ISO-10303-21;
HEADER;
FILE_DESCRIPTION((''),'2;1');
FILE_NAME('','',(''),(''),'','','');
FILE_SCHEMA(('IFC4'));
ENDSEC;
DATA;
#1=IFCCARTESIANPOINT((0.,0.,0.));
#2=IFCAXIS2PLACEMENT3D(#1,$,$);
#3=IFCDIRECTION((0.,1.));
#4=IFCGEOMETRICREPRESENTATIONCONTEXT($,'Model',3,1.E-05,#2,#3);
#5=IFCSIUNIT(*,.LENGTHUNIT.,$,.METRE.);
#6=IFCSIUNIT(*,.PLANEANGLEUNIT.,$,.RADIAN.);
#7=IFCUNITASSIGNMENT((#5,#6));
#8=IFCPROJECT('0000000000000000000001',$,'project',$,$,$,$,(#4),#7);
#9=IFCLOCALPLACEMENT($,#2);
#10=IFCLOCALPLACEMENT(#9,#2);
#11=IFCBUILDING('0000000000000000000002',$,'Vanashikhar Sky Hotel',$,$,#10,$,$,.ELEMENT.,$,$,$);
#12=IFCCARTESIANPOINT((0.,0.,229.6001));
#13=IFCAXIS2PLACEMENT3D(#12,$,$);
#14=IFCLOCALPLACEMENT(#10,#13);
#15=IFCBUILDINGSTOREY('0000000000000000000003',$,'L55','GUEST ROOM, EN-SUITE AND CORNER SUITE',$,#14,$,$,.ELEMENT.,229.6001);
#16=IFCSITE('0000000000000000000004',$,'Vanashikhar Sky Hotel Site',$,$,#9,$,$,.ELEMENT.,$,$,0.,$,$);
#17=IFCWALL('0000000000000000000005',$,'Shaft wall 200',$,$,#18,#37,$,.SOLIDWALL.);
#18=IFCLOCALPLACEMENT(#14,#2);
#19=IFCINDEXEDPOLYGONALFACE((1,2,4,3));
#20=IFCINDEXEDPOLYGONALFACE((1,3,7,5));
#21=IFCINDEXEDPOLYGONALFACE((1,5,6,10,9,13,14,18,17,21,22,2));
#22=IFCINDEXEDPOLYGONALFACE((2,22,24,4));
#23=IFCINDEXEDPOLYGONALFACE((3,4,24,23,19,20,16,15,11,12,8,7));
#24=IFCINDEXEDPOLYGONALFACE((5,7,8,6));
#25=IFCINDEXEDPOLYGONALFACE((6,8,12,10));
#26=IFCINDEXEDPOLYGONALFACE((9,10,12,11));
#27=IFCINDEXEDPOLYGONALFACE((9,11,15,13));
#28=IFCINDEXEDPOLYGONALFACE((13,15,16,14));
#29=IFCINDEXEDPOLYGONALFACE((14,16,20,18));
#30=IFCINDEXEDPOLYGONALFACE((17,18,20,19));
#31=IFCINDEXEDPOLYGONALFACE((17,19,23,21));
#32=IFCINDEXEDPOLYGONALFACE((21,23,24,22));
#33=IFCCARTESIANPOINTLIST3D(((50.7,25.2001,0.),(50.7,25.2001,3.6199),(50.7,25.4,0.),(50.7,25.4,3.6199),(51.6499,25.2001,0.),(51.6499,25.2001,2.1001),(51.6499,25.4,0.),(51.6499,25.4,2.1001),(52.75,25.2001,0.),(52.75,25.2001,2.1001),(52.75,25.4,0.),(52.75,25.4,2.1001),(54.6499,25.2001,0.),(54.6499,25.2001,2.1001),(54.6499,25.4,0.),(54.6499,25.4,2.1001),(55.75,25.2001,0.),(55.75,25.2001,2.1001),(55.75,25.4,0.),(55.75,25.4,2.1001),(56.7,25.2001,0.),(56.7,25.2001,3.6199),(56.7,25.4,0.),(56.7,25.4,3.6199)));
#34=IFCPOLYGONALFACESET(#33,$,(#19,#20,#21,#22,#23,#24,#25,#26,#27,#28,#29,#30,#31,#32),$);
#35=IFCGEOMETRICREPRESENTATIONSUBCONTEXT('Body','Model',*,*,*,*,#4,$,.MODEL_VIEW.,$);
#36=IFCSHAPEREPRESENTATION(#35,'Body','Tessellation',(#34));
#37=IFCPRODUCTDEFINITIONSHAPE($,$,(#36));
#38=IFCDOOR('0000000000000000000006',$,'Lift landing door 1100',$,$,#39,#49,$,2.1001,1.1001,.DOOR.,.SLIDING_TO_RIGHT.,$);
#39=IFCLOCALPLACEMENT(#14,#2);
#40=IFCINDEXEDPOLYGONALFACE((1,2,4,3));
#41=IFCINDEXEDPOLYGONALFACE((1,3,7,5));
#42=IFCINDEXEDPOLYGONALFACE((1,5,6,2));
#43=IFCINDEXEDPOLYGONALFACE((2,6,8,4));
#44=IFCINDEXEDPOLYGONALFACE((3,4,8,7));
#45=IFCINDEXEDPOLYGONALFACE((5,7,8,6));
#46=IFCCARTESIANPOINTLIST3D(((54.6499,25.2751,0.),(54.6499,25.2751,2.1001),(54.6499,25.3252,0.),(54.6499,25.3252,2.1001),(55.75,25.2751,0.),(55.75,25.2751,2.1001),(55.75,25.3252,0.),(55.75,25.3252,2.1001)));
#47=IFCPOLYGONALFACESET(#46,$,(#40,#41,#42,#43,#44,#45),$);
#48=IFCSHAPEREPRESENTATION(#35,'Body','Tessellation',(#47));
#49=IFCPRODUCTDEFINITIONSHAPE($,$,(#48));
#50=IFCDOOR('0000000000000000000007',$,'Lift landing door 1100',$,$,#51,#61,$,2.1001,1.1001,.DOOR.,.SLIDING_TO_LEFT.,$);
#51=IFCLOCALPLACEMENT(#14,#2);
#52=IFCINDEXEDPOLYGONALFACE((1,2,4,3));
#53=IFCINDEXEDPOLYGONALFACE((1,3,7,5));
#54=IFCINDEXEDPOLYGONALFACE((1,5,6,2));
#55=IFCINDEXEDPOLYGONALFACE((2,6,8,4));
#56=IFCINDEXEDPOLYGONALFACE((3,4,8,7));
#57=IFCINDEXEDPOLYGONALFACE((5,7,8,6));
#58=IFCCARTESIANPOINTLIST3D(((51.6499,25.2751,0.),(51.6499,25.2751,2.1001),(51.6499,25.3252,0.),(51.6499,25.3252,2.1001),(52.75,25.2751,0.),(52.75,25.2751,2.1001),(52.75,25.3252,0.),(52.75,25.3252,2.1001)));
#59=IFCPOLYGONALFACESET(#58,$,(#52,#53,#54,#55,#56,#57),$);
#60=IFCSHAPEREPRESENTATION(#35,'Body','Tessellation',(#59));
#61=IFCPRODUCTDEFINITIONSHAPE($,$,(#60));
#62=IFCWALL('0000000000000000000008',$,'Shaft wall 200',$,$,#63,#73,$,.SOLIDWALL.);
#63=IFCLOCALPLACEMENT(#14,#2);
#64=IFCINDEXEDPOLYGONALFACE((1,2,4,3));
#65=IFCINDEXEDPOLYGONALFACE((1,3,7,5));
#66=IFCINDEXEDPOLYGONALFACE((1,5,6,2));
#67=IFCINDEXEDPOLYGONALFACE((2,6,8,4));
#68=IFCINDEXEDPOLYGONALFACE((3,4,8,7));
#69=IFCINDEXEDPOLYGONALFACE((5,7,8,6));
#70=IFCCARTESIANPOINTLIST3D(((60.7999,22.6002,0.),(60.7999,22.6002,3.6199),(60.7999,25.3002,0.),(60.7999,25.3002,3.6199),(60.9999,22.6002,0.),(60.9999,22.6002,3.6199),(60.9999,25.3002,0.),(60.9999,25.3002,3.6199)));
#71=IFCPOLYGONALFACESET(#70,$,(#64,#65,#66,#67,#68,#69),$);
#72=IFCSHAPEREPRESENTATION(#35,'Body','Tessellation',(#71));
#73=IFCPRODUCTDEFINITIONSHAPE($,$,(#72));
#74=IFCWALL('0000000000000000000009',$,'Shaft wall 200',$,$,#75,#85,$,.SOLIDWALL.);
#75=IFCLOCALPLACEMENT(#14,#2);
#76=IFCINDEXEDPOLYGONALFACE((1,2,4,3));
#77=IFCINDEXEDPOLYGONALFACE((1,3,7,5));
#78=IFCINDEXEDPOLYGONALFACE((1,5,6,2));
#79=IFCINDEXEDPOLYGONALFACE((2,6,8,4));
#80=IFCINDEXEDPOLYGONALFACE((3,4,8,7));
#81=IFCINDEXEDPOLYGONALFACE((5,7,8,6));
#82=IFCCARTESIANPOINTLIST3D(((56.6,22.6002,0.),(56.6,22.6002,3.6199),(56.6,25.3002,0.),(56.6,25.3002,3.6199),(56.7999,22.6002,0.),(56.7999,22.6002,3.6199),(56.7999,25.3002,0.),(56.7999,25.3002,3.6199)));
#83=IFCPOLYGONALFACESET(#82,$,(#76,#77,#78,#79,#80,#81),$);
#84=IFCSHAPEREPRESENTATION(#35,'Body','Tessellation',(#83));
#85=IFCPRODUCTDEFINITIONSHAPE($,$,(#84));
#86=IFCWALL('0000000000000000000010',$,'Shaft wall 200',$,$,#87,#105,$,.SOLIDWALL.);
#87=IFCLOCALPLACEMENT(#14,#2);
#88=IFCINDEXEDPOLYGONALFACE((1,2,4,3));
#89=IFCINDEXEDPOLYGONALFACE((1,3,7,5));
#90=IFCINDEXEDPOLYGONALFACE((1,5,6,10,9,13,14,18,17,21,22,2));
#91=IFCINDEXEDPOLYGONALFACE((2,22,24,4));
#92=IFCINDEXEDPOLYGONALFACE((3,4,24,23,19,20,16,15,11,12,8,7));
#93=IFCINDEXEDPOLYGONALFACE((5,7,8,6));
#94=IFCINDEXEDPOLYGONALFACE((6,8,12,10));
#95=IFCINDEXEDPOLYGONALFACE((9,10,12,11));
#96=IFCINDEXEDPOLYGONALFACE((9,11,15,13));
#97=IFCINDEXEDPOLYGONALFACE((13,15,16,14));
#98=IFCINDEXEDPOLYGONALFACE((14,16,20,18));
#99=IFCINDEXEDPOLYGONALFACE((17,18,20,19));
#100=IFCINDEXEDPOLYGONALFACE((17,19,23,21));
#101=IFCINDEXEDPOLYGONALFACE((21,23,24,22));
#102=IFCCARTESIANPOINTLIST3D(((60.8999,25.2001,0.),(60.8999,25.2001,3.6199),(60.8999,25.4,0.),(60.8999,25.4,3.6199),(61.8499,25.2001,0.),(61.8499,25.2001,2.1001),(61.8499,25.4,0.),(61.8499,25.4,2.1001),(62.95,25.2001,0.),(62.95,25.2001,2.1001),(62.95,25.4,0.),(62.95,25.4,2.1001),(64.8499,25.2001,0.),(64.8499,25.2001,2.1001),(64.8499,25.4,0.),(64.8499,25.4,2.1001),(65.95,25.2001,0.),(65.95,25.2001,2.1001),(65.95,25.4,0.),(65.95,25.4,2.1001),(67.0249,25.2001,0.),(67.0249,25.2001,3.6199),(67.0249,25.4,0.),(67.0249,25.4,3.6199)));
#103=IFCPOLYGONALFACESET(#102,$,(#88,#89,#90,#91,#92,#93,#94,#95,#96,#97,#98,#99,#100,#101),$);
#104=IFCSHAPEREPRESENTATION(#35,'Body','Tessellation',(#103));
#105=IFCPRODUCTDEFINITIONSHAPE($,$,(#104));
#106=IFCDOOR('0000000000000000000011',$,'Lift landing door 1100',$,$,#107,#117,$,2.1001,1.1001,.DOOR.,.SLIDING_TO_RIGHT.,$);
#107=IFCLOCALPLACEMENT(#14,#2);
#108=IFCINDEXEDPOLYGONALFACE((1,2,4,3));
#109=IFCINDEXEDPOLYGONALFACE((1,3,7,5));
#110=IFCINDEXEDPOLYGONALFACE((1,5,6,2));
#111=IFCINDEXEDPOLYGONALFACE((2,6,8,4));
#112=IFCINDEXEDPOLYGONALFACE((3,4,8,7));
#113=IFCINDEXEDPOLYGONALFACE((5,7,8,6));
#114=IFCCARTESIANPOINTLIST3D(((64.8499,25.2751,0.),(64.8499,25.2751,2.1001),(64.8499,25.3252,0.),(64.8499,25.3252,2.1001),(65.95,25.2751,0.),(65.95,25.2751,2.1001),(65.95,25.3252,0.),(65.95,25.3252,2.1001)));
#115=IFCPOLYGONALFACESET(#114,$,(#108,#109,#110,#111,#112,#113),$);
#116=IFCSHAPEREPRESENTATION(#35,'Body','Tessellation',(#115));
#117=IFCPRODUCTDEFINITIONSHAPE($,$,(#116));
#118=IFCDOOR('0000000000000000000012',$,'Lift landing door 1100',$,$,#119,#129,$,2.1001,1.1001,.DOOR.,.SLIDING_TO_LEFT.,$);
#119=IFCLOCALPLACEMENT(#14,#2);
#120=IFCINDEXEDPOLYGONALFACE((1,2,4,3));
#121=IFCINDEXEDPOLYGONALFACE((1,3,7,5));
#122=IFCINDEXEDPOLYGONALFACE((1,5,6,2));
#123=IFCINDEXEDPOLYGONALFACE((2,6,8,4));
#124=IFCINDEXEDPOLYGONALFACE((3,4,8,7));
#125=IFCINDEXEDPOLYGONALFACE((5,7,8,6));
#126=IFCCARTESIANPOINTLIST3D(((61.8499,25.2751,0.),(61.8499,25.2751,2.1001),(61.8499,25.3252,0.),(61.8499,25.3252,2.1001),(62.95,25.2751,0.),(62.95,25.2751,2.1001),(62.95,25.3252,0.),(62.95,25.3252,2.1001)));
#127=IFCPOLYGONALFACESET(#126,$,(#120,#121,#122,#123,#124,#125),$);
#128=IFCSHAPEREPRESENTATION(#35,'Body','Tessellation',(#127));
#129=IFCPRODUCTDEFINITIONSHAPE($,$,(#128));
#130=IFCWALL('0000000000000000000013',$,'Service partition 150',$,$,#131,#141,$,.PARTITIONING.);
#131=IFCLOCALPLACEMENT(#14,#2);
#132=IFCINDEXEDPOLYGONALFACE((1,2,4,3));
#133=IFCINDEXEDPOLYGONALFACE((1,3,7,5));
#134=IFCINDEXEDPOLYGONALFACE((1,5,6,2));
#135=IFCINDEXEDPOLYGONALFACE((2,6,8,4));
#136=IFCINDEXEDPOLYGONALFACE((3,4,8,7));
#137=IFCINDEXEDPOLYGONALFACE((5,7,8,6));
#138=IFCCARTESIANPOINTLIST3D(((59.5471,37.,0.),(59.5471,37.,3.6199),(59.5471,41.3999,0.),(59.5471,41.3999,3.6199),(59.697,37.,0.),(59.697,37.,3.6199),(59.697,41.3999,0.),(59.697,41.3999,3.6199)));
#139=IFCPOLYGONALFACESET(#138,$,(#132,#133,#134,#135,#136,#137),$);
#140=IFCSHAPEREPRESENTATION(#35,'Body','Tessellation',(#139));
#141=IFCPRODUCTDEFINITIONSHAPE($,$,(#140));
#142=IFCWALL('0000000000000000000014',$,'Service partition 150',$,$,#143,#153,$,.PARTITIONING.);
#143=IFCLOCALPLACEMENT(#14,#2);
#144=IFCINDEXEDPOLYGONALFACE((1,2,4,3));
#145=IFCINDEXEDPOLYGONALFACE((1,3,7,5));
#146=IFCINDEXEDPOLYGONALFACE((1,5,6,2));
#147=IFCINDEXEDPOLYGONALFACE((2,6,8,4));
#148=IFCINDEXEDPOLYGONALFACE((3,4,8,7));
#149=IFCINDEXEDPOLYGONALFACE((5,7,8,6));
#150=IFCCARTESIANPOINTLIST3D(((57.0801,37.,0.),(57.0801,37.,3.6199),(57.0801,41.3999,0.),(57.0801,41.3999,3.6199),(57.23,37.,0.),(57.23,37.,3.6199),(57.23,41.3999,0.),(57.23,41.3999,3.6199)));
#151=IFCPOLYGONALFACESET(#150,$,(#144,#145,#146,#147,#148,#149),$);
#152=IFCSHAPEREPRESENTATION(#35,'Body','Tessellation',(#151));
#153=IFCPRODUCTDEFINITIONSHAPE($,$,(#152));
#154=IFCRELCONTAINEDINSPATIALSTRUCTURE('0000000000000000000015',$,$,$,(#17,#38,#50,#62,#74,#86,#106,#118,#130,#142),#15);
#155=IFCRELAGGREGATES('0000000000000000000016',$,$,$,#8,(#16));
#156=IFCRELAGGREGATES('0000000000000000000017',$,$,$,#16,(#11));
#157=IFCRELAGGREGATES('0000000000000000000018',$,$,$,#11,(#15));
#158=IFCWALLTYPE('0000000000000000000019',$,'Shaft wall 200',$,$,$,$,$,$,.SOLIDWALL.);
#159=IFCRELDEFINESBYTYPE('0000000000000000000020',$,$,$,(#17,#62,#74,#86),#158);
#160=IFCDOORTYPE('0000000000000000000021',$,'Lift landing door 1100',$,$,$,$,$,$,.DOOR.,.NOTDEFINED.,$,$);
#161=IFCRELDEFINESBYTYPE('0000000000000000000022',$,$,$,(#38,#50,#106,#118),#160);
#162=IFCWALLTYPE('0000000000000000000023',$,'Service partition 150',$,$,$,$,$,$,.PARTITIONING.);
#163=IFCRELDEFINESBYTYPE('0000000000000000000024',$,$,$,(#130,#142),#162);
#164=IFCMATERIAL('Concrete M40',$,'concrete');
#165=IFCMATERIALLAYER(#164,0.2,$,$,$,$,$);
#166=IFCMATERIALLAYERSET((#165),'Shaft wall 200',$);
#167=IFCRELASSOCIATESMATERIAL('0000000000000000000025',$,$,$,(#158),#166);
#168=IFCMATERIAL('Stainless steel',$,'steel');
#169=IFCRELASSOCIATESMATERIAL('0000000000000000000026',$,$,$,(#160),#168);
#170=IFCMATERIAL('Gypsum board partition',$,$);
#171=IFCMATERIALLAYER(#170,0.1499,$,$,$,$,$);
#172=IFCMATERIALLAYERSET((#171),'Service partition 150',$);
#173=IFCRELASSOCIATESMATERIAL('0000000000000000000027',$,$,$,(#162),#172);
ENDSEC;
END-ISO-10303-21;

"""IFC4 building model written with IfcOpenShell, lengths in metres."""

from ifc_helpers import new_model, si_unit, direction, frame, frame_2d, origin, place, context, subcontext, project, spatial, rectangle, extrude, source, transform, mapped, material, layer, layer_set, type_object, element, fill, save


model = new_model("IFC4")

# Units and contexts
model_context = context("Model", 3, precision=1e-05, world=origin(), true_north=direction((0.0, 1.0)))
body_context = subcontext(model_context, "Body", "Model", "MODEL_VIEW")
ifc_project = project(units=[si_unit("LENGTHUNIT", "METRE"), si_unit("PLANEANGLEUNIT", "RADIAN")], contexts=[model_context])

# Site, building, storey
site_placement = place(None, origin())
site = spatial("IfcSite", under=ifc_project, at=site_placement, Name="Vanashikhar Sky Hotel Site", CompositionType="ELEMENT", RefElevation=0.0)
building_placement = place(site_placement, origin())
building = spatial("IfcBuilding", under=site, at=building_placement, Name="Vanashikhar Sky Hotel", CompositionType="ELEMENT")
storey_placement = place(building_placement, frame((0.0, 0.0, 229.6001)))
storey = spatial("IfcBuildingStorey", under=building, at=storey_placement, Name="L55", Description="GUEST ROOM, EN-SUITE AND CORNER SUITE", CompositionType="ELEMENT", Elevation=229.6001)

# Wall, openings, doors
ifc_material_1 = material(Name="Concrete M40", Category="concrete")
ifc_layer_1 = layer(ifc_material_1, 0.2)
ifc_layer_set_1 = layer_set([ifc_layer_1], Name="Shaft wall 200")
wall_type_1 = type_object("IfcWallType", Name="Shaft wall 200", PredefinedType="SOLIDWALL", material=ifc_layer_set_1)
shared_shape_1 = source(origin(), body_context, "Body", "SweptSolid", [
    extrude(rectangle(XDim=6.0, YDim=0.2, at=frame_2d((3.0, 0.0))), origin(), (0.0, 0.0, 1.0), 3.6199),
])
wall_1_placement = place(storey_placement, frame((56.7, 25.3, 0.0), z_axis=(0.0, 0.0, 1.0), x_axis=(-1.0, 0.0, 0.0)))
wall_1 = element("IfcWall", 1, at=wall_1_placement, inside=storey, type_object=wall_type_1, Name="Shaft wall 200", PredefinedType="SOLIDWALL", context=body_context, shape_type="MappedRepresentation", body=[
    mapped(shared_shape_1, transform((0.0, 0.0, 0.0), scale=1.0)),
])
shared_shape_2 = source(origin(), body_context, "Body", "SweptSolid", [
    extrude(rectangle(XDim=1.1001, YDim=2.1001, at=frame_2d((0.55, 1.05))), frame((0.0, 0.1099, 0.0), z_axis=(0.0, -1.0, 0.0), x_axis=(1.0, 0.0, 0.0)), (0.0, 0.0, 1.0), 0.22),
])
opening_1_placement = place(wall_1_placement, frame((0.95, 0.0, 0.0)))
opening_1 = element("IfcOpeningElement", 2, at=opening_1_placement, cuts=wall_1, PredefinedType="OPENING", context=body_context, shape_type="MappedRepresentation", body=[
    mapped(shared_shape_2, transform((0.0, 0.0, 0.0), scale=1.0)),
])
opening_2_placement = place(wall_1_placement, frame((3.95, 0.0, 0.0)))
opening_2 = element("IfcOpeningElement", 3, at=opening_2_placement, cuts=wall_1, PredefinedType="OPENING", context=body_context, shape_type="MappedRepresentation", body=[
    mapped(shared_shape_2, transform((0.0, 0.0, 0.0), scale=1.0)),
])
ifc_material_2 = material(Name="Stainless steel", Category="steel")
door_type_1 = type_object("IfcDoorType", Name="Lift landing door 1100", OperationType="NOTDEFINED", PredefinedType="DOOR", material=ifc_material_2)
shared_shape_3 = source(origin(), body_context, "Body", "SweptSolid", [
    extrude(rectangle(XDim=1.1001, YDim=2.1001, at=frame_2d((0.55, 1.05))), frame((0.0, 0.0249, 0.0), z_axis=(0.0, -1.0, 0.0), x_axis=(1.0, 0.0, 0.0)), (0.0, 0.0, 1.0), 0.05),
])
door_1_placement = place(opening_1_placement, origin())
door_1 = element("IfcDoor", 4, at=door_1_placement, inside=storey, type_object=door_type_1, Name="Lift landing door 1100", OperationType="SLIDING_TO_RIGHT", OverallHeight=2.1001, OverallWidth=1.1001, PredefinedType="DOOR", context=body_context, shape_type="MappedRepresentation", body=[
    mapped(shared_shape_3, transform((0.0, 0.0, 0.0), scale=1.0)),
])
fill(opening_1, door_1)
door_2_placement = place(opening_2_placement, origin())
door_2 = element("IfcDoor", 5, at=door_2_placement, inside=storey, type_object=door_type_1, Name="Lift landing door 1100", OperationType="SLIDING_TO_LEFT", OverallHeight=2.1001, OverallWidth=1.1001, PredefinedType="DOOR", context=body_context, shape_type="MappedRepresentation", body=[
    mapped(shared_shape_3, transform((0.0, 0.0, 0.0), scale=1.0)),
])
fill(opening_2, door_2)

# Walls
shared_shape_4 = source(origin(), body_context, "Body", "SweptSolid", [
    extrude(rectangle(XDim=2.7, YDim=0.2, at=frame_2d((1.3501, 0.0))), origin(), (0.0, 0.0, 1.0), 3.6199),
])
for number, where, z_axis, x_axis, name in (
    (6, (60.8999, 22.6001, 0.0), (0.0, 0.0, 1.0), (0.0, 1.0, 0.0), "Shaft wall 200"),
    (7, (56.7, 22.6001, 0.0), (0.0, 0.0, 1.0), (0.0, 1.0, 0.0), "Shaft wall 200"),
):
    element("IfcWall", number, at=place(storey_placement, frame(where, z_axis=z_axis, x_axis=x_axis)), inside=storey, type_object=wall_type_1, Name=name, PredefinedType="SOLIDWALL", context=body_context, shape_type="MappedRepresentation", body=[
        mapped(shared_shape_4, transform((0.0, 0.0, 0.0), scale=1.0)),
    ])

# Wall, openings, doors
shared_shape_5 = source(origin(), body_context, "Body", "SweptSolid", [
    extrude(rectangle(XDim=6.125, YDim=0.2, at=frame_2d((3.0625, 0.0))), origin(), (0.0, 0.0, 1.0), 3.6199),
])
wall_2_placement = place(storey_placement, frame((67.0249, 25.3, 0.0), z_axis=(0.0, 0.0, 1.0), x_axis=(-1.0, 0.0, 0.0)))
wall_2 = element("IfcWall", 8, at=wall_2_placement, inside=storey, type_object=wall_type_1, Name="Shaft wall 200", PredefinedType="SOLIDWALL", context=body_context, shape_type="MappedRepresentation", body=[
    mapped(shared_shape_5, transform((0.0, 0.0, 0.0), scale=1.0)),
])
opening_3_placement = place(wall_2_placement, frame((1.075, 0.0, 0.0)))
opening_3 = element("IfcOpeningElement", 9, at=opening_3_placement, cuts=wall_2, PredefinedType="OPENING", context=body_context, shape_type="MappedRepresentation", body=[
    mapped(shared_shape_2, transform((0.0, 0.0, 0.0), scale=1.0)),
])
opening_4_placement = place(wall_2_placement, frame((4.075, 0.0, 0.0)))
opening_4 = element("IfcOpeningElement", 10, at=opening_4_placement, cuts=wall_2, PredefinedType="OPENING", context=body_context, shape_type="MappedRepresentation", body=[
    mapped(shared_shape_2, transform((0.0, 0.0, 0.0), scale=1.0)),
])
door_3_placement = place(opening_3_placement, origin())
door_3 = element("IfcDoor", 11, at=door_3_placement, inside=storey, type_object=door_type_1, Name="Lift landing door 1100", OperationType="SLIDING_TO_RIGHT", OverallHeight=2.1001, OverallWidth=1.1001, PredefinedType="DOOR", context=body_context, shape_type="MappedRepresentation", body=[
    mapped(shared_shape_3, transform((0.0, 0.0, 0.0), scale=1.0)),
])
fill(opening_3, door_3)
door_4_placement = place(opening_4_placement, origin())
door_4 = element("IfcDoor", 12, at=door_4_placement, inside=storey, type_object=door_type_1, Name="Lift landing door 1100", OperationType="SLIDING_TO_LEFT", OverallHeight=2.1001, OverallWidth=1.1001, PredefinedType="DOOR", context=body_context, shape_type="MappedRepresentation", body=[
    mapped(shared_shape_3, transform((0.0, 0.0, 0.0), scale=1.0)),
])
fill(opening_4, door_4)

# Walls
ifc_material_3 = material(Name="Gypsum board partition")
ifc_layer_2 = layer(ifc_material_3, 0.1499)
ifc_layer_set_2 = layer_set([ifc_layer_2], Name="Service partition 150")
wall_type_2 = type_object("IfcWallType", Name="Service partition 150", PredefinedType="PARTITIONING", material=ifc_layer_set_2)
shared_shape_6 = source(origin(), body_context, "Body", "SweptSolid", [
    extrude(rectangle(XDim=4.3999, YDim=0.1499, at=frame_2d((2.2, 0.0))), origin(), (0.0, 0.0, 1.0), 3.6199),
])
for number, where, z_axis, x_axis, name in (
    (13, (59.6221, 37.0, 0.0), (0.0, 0.0, 1.0), (0.0, 1.0, 0.0), "Service partition 150"),
    (14, (57.155, 37.0, 0.0), (0.0, 0.0, 1.0), (0.0, 1.0, 0.0), "Service partition 150"),
):
    element("IfcWall", number, at=place(storey_placement, frame(where, z_axis=z_axis, x_axis=x_axis)), inside=storey, type_object=wall_type_2, Name=name, PredefinedType="PARTITIONING", context=body_context, shape_type="MappedRepresentation", body=[
        mapped(shared_shape_6, transform((0.0, 0.0, 0.0), scale=1.0)),
    ])

save(model, "model.ifc")
